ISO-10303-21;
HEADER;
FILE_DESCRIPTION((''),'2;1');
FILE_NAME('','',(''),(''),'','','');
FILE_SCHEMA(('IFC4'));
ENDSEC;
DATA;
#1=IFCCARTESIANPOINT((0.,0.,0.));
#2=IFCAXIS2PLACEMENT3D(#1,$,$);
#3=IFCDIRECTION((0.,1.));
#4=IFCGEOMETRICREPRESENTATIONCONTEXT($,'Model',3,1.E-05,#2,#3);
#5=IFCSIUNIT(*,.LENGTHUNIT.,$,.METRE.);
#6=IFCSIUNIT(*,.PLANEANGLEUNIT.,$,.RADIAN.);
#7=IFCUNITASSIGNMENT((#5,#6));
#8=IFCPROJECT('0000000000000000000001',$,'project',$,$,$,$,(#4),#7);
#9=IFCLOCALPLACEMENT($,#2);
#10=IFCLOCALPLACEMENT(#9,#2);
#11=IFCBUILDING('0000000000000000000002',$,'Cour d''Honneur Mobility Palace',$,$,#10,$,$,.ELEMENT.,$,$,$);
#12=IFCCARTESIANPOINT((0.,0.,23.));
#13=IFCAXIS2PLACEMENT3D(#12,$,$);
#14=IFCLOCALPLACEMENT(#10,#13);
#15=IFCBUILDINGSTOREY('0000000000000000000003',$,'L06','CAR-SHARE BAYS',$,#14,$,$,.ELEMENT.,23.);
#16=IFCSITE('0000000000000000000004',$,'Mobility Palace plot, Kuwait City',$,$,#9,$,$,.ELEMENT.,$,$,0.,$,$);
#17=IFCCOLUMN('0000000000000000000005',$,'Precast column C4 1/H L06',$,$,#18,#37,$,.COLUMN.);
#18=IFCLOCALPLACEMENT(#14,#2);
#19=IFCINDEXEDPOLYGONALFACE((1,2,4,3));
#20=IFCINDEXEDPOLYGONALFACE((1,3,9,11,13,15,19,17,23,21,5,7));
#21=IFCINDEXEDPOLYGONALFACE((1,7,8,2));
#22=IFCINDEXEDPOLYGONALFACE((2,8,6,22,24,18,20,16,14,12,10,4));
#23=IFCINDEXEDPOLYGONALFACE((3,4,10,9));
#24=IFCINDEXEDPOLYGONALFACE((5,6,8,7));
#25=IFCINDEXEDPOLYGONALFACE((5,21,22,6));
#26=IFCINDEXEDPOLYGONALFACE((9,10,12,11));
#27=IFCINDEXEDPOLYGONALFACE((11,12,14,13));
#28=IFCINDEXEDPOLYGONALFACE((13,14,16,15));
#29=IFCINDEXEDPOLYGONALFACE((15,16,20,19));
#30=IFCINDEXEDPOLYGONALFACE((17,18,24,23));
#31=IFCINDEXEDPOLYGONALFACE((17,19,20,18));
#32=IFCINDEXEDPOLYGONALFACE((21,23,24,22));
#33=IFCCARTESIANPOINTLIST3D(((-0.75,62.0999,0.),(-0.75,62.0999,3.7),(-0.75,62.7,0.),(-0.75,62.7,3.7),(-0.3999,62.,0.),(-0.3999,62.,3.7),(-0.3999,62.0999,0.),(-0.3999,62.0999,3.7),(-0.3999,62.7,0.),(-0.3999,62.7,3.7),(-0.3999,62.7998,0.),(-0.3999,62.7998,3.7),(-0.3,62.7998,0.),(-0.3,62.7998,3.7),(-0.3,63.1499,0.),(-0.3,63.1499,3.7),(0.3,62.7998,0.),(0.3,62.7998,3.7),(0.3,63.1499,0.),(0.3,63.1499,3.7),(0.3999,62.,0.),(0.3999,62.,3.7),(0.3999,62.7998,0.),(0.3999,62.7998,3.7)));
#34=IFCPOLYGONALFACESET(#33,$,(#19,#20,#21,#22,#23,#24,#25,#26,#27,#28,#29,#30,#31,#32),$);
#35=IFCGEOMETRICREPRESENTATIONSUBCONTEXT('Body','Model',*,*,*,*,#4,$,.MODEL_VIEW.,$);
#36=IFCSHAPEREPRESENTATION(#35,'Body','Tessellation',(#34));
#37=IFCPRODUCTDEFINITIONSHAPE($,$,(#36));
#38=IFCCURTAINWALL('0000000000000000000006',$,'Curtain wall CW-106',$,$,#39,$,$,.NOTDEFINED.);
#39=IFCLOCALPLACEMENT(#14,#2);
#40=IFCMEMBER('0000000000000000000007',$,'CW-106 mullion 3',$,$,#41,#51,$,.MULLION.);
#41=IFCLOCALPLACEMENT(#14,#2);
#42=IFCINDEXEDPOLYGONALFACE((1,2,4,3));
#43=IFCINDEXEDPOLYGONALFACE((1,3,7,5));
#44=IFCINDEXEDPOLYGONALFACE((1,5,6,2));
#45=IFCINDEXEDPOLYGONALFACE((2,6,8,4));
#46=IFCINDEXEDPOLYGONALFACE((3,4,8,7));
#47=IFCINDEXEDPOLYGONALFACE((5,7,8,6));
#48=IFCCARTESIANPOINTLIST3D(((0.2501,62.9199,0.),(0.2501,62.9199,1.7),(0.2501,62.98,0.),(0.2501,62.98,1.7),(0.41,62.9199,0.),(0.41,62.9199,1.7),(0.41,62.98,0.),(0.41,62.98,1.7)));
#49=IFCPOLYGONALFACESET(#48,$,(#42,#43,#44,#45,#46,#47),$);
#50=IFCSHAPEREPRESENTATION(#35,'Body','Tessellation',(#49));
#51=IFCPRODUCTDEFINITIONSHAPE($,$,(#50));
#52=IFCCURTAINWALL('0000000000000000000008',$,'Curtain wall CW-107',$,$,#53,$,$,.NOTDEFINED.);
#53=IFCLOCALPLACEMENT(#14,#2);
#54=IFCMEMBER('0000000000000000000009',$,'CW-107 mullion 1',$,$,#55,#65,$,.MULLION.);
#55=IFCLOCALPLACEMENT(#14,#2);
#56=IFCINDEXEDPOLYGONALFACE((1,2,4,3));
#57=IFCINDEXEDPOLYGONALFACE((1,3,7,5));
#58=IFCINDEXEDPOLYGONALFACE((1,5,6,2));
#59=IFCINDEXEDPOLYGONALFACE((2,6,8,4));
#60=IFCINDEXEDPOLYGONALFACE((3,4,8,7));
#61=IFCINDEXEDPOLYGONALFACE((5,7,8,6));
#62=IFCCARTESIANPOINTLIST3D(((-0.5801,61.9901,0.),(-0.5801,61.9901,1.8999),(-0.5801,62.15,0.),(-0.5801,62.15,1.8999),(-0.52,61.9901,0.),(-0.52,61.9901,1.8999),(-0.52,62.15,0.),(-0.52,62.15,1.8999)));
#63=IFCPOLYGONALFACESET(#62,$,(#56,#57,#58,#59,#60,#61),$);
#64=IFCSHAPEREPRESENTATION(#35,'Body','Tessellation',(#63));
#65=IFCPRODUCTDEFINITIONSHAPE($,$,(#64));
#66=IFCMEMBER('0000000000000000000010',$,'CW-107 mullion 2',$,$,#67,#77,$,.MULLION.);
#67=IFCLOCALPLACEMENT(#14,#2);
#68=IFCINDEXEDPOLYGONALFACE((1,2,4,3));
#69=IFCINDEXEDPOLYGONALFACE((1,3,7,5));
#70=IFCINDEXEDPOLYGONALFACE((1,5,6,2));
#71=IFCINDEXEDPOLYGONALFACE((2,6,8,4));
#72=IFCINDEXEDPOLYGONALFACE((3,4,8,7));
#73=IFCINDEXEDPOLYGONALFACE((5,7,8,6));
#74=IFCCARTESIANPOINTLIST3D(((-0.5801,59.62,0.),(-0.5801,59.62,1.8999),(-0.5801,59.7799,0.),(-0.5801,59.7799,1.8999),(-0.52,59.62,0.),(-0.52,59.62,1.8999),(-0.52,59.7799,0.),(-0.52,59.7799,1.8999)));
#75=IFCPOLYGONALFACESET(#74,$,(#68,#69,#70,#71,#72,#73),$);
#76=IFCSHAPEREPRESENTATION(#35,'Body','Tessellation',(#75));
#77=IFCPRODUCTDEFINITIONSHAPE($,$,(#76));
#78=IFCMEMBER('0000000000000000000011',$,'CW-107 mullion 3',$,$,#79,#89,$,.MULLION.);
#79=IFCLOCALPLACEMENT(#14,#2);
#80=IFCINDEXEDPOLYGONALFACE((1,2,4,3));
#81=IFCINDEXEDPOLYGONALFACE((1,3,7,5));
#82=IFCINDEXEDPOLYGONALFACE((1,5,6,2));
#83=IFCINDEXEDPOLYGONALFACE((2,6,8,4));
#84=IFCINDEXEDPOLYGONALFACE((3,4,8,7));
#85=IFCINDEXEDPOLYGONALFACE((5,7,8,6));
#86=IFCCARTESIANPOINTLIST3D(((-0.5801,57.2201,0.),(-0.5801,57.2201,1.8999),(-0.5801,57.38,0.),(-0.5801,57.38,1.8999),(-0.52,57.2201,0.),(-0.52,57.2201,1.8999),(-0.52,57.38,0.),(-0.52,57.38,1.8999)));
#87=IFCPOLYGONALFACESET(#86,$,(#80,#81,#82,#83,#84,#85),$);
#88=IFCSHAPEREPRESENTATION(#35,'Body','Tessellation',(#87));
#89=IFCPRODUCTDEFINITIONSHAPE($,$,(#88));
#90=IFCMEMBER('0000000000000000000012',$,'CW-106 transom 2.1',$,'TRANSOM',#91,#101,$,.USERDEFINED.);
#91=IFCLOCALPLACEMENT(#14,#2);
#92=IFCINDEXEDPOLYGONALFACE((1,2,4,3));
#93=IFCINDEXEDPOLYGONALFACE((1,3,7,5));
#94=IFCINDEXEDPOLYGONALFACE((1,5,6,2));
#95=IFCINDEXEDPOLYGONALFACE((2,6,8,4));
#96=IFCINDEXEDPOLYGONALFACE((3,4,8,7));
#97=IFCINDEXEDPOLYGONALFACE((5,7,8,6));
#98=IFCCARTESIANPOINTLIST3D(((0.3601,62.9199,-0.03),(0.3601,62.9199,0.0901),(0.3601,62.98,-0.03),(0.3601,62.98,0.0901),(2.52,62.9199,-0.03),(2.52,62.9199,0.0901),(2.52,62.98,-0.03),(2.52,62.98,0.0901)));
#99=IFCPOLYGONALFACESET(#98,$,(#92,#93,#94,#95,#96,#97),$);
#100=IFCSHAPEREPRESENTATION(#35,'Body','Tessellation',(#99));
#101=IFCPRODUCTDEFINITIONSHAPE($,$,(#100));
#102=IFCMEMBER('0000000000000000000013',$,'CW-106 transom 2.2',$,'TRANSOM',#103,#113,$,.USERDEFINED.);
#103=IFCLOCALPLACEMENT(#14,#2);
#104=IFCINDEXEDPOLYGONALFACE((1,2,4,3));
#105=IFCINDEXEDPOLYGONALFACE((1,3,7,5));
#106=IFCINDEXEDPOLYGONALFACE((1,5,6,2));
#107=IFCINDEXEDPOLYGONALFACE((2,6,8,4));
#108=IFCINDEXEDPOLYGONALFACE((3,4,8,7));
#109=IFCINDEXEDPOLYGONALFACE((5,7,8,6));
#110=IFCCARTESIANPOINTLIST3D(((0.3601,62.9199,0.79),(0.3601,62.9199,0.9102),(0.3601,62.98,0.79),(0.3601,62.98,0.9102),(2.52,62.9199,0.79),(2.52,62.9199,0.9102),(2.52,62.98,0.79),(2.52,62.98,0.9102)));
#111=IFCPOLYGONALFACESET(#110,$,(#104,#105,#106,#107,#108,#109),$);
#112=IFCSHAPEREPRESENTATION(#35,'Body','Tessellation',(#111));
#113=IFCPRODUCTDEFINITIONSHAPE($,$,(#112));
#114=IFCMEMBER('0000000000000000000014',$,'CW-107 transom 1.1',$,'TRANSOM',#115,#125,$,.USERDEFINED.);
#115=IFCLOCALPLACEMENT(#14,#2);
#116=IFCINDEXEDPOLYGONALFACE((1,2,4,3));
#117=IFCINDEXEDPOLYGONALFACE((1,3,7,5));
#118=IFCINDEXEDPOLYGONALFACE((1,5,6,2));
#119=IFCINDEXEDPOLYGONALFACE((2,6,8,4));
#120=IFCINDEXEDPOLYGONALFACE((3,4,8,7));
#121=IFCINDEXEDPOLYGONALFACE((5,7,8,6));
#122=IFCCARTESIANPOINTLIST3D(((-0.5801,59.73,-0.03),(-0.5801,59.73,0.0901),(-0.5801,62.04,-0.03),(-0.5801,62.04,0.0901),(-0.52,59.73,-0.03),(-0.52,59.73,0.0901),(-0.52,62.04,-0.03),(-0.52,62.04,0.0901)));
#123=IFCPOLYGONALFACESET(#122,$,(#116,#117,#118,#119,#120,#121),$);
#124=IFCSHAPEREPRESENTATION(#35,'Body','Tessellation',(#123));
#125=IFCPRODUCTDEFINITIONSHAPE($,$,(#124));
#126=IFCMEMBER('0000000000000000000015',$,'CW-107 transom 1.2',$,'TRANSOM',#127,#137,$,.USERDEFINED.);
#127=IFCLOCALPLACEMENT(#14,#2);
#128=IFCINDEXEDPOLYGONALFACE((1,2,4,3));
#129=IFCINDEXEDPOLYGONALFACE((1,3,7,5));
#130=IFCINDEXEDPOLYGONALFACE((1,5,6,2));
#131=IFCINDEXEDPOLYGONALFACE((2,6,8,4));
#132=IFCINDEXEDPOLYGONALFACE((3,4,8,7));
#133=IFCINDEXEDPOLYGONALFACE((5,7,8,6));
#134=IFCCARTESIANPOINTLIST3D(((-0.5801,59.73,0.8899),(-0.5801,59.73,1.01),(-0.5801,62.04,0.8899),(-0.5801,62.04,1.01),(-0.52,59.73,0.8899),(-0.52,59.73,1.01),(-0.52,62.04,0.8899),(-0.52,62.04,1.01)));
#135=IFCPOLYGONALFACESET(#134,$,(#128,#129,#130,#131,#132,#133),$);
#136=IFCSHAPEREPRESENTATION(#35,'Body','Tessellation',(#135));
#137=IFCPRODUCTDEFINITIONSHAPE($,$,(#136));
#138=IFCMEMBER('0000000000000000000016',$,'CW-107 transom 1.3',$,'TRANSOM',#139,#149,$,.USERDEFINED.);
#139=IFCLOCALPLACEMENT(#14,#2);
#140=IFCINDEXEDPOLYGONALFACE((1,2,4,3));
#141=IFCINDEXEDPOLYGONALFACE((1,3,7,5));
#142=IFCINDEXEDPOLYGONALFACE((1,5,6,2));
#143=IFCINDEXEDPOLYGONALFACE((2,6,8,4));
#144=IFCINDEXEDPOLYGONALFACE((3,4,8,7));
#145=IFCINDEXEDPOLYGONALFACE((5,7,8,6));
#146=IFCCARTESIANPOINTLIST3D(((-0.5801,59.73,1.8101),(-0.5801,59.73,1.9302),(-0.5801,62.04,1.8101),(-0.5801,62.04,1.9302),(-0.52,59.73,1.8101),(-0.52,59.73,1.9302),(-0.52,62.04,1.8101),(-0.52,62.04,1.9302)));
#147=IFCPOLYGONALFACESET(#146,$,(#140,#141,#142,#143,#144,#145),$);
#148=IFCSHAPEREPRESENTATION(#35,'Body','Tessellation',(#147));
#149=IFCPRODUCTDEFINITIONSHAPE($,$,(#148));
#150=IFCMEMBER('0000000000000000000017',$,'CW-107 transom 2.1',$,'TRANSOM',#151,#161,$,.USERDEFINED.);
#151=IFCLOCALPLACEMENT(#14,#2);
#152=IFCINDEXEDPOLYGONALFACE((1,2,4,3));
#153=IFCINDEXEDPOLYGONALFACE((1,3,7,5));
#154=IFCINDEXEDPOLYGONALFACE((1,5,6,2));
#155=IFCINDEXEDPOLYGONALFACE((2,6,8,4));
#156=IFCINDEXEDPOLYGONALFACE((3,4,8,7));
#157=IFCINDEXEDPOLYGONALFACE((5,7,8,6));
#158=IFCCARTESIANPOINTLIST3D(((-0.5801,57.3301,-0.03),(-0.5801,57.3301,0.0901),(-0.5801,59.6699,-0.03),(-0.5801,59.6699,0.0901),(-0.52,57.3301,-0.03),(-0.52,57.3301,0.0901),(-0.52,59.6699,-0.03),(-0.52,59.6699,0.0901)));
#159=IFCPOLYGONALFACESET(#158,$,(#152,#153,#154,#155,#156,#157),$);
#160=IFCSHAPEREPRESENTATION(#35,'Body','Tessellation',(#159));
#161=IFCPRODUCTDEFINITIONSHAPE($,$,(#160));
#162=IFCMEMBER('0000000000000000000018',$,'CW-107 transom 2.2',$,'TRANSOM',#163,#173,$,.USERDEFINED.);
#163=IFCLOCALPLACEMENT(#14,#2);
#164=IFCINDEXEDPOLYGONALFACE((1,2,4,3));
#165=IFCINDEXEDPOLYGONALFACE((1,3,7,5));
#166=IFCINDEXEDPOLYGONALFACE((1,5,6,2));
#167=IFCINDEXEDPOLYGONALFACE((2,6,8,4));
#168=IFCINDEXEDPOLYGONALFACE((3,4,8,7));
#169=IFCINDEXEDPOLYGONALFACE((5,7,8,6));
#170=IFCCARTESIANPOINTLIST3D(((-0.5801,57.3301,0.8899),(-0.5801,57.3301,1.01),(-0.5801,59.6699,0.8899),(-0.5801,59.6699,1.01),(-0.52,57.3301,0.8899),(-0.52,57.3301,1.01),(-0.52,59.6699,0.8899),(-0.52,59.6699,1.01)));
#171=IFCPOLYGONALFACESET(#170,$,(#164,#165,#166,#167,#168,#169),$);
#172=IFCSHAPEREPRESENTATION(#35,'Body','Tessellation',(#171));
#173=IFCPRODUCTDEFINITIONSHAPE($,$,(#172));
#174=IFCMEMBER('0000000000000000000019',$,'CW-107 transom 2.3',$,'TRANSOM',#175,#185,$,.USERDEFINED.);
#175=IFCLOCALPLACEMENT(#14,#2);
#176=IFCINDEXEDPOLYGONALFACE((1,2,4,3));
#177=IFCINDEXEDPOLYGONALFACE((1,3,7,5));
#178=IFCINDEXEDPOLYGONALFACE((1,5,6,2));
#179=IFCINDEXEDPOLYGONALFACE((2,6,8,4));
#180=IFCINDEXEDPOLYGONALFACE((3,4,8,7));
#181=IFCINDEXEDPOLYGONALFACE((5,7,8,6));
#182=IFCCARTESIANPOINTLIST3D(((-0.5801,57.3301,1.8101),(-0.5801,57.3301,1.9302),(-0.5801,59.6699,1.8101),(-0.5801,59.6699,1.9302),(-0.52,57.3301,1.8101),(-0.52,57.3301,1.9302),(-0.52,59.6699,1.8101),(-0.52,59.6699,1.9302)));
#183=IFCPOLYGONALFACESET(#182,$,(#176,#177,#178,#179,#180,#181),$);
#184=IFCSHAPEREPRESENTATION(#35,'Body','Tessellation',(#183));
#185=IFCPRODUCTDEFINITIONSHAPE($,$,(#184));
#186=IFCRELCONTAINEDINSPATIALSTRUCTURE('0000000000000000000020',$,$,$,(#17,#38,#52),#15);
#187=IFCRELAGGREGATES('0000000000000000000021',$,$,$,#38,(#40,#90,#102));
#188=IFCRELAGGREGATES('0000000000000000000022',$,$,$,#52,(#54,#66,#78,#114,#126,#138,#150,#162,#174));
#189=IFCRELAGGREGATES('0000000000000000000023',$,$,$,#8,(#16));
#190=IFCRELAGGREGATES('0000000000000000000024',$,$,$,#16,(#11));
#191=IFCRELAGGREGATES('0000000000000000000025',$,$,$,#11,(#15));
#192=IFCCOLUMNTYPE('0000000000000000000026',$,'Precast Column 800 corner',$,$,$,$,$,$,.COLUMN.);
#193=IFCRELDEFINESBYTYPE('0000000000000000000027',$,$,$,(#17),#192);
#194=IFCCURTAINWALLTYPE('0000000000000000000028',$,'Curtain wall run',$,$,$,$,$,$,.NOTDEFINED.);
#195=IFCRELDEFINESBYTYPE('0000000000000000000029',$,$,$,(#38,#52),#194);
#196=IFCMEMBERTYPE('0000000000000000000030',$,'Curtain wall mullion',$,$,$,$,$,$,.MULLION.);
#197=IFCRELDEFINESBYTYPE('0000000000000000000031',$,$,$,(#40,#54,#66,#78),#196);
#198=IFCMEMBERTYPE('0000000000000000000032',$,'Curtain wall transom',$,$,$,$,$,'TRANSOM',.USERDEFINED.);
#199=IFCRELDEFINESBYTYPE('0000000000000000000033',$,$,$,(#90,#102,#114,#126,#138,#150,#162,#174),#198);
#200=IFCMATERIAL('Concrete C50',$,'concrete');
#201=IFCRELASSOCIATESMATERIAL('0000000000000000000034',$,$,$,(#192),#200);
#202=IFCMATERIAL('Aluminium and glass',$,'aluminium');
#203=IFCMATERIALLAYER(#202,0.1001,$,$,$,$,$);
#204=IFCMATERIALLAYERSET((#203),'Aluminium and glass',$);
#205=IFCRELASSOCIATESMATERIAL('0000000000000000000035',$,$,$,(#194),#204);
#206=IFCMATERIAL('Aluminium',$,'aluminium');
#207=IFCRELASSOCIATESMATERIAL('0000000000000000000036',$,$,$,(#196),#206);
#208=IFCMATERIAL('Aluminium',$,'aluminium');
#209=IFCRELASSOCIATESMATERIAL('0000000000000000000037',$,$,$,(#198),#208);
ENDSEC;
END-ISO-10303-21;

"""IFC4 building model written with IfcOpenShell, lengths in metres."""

from ifc_helpers import new_model, si_unit, direction, frame, origin, origin_2d, place, context, subcontext, project, spatial, polyline, rectangle, outline, extrude, material, layer, layer_set, material_profile, profile_set, type_object, element, aggregate, save


model = new_model("IFC4")

# Units and contexts
model_context = context("Model", 3, precision=1e-05, world=origin(), true_north=direction((0.0, 1.0)))
body_context = subcontext(model_context, "Body", "Model", "MODEL_VIEW")
ifc_project = project(units=[si_unit("LENGTHUNIT", "METRE"), si_unit("PLANEANGLEUNIT", "RADIAN")], contexts=[model_context])

# Site, building, storey
site_placement = place(None, origin())
site = spatial("IfcSite", under=ifc_project, at=site_placement, Name="Mobility Palace plot, Kuwait City", CompositionType="ELEMENT", RefElevation=0.0)
building_placement = place(site_placement, origin())
building = spatial("IfcBuilding", under=site, at=building_placement, Name="Cour d'Honneur Mobility Palace", CompositionType="ELEMENT")
storey_placement = place(building_placement, frame((0.0, 0.0, 23.0)))
storey = spatial("IfcBuildingStorey", under=building, at=storey_placement, Name="L06", Description="CAR-SHARE BAYS", CompositionType="ELEMENT", Elevation=23.0)

# Column
ifc_material_1 = material(Name="Concrete C50", Category="concrete")
ifc_material_profile_1 = material_profile(ifc_material_1, outline(polyline([(-0.3999, -0.3999), (0.3999, -0.3999), (0.3999, -0.3), (0.75, -0.3), (0.75, 0.3), (0.3999, 0.3), (0.3999, 0.3999), (0.3, 0.3999), (0.3, 0.75), (-0.3, 0.75), (-0.3, 0.3999), (-0.3999, 0.3999), (-0.3999, -0.3999)])), Name="PC C800 corner")
ifc_profile_set_1 = profile_set([ifc_material_profile_1], Name="Concrete C50")
column_type = type_object("IfcColumnType", Name="Precast Column 800 corner", PredefinedType="COLUMN", material=ifc_profile_set_1)
column_placement = place(storey_placement, frame((0.0, 62.3999, 0.0), z_axis=(0.0, 0.0, 1.0), x_axis=(0.0, 1.0, 0.0)))
element("IfcColumn", 1, at=column_placement, inside=storey, type_object=column_type, Name="Precast column C4 1/H L06", PredefinedType="COLUMN", context=body_context, shape_type="SweptSolid", body=[
    extrude(outline(polyline([(-0.3999, -0.3999), (0.3999, -0.3999), (0.3999, -0.3), (0.75, -0.3), (0.75, 0.3), (0.3999, 0.3), (0.3999, 0.3999), (0.3, 0.3999), (0.3, 0.75), (-0.3, 0.75), (-0.3, 0.3999), (-0.3999, 0.3999), (-0.3999, -0.3999)])), origin(), (0.0, 0.0, 1.0), 3.7),
])

# Curtain wall, member
ifc_material_2 = material(Name="Aluminium and glass", Category="aluminium")
ifc_layer_1 = layer(ifc_material_2, 0.1001)
ifc_layer_set_1 = layer_set([ifc_layer_1], Name="Aluminium and glass")
curtain_wall_type = type_object("IfcCurtainWallType", Name="Curtain wall run", PredefinedType="NOTDEFINED", material=ifc_layer_set_1)
curtain_wall_1_placement = place(storey_placement, origin())
curtain_wall_1 = element("IfcCurtainWall", 2, at=curtain_wall_1_placement, inside=storey, type_object=curtain_wall_type, Name="Curtain wall CW-106", PredefinedType="NOTDEFINED")
ifc_material_3 = material(Name="Aluminium", Category="aluminium")
ifc_material_profile_2 = material_profile(ifc_material_3, rectangle(XDim=0.0601, YDim=0.1599, at=origin_2d()), Name="Curtain wall mullion")
ifc_profile_set_2 = profile_set([ifc_material_profile_2], Name="Aluminium")
member_type_1 = type_object("IfcMemberType", Name="Curtain wall mullion", PredefinedType="MULLION", material=ifc_profile_set_2)
member_1_placement = place(storey_placement, frame((0.3301, 62.95, 0.0), z_axis=(0.0, 0.0, 1.0), x_axis=(0.0, -1.0, 0.0)))
member_1 = element("IfcMember", 3, at=member_1_placement, type_object=member_type_1, Name="CW-106 mullion 3", PredefinedType="MULLION", context=body_context, shape_type="SweptSolid", body=[
    extrude(rectangle(XDim=0.0601, YDim=0.1599, at=origin_2d()), origin(), (0.0, 0.0, 1.0), 1.7),
])

# Curtain wall, members
curtain_wall_2_placement = place(storey_placement, origin())
curtain_wall_2 = element("IfcCurtainWall", 4, at=curtain_wall_2_placement, inside=storey, type_object=curtain_wall_type, Name="Curtain wall CW-107", PredefinedType="NOTDEFINED")
member_2_placement = place(storey_placement, frame((-0.55, 62.0701, 0.0), z_axis=(0.0, 0.0, 1.0), x_axis=(1.0, 0.0, 0.0)))
member_2 = element("IfcMember", 5, at=member_2_placement, type_object=member_type_1, Name="CW-107 mullion 1", PredefinedType="MULLION", context=body_context, shape_type="SweptSolid", body=[
    extrude(rectangle(XDim=0.0601, YDim=0.1599, at=origin_2d()), origin(), (0.0, 0.0, 1.0), 1.8999),
])
member_3_placement = place(storey_placement, frame((-0.55, 59.7, 0.0), z_axis=(0.0, 0.0, 1.0), x_axis=(1.0, 0.0, 0.0)))
member_3 = element("IfcMember", 6, at=member_3_placement, type_object=member_type_1, Name="CW-107 mullion 2", PredefinedType="MULLION", context=body_context, shape_type="SweptSolid", body=[
    extrude(rectangle(XDim=0.0601, YDim=0.1599, at=origin_2d()), origin(), (0.0, 0.0, 1.0), 1.8999),
])
member_4_placement = place(storey_placement, frame((-0.55, 57.3, 0.0), z_axis=(0.0, 0.0, 1.0), x_axis=(1.0, 0.0, 0.0)))
member_4 = element("IfcMember", 7, at=member_4_placement, type_object=member_type_1, Name="CW-107 mullion 3", PredefinedType="MULLION", context=body_context, shape_type="SweptSolid", body=[
    extrude(rectangle(XDim=0.0601, YDim=0.1599, at=origin_2d()), origin(), (0.0, 0.0, 1.0), 1.8999),
])

# Members
ifc_material_4 = material(Name="Aluminium", Category="aluminium")
ifc_material_profile_3 = material_profile(ifc_material_4, rectangle(XDim=0.0601, YDim=0.1201, at=origin_2d()), Name="Curtain wall transom")
ifc_profile_set_3 = profile_set([ifc_material_profile_3], Name="Aluminium")
member_type_2 = type_object("IfcMemberType", Name="Curtain wall transom", ElementType="TRANSOM", PredefinedType="USERDEFINED", material=ifc_profile_set_3)
member_5_placement = place(storey_placement, frame((2.52, 62.95, 0.03), z_axis=(-1.0, 0.0, 0.0), x_axis=(0.0, -1.0, 0.0)))
member_5 = element("IfcMember", 8, at=member_5_placement, type_object=member_type_2, Name="CW-106 transom 2.1", ObjectType="TRANSOM", PredefinedType="USERDEFINED", context=body_context, shape_type="SweptSolid", body=[
    extrude(rectangle(XDim=0.0601, YDim=0.1201, at=origin_2d()), origin(), (0.0, 0.0, 1.0), 2.1599),
])
member_6_placement = place(storey_placement, frame((2.52, 62.95, 0.8501), z_axis=(-1.0, 0.0, 0.0), x_axis=(0.0, -1.0, 0.0)))
member_6 = element("IfcMember", 9, at=member_6_placement, type_object=member_type_2, Name="CW-106 transom 2.2", ObjectType="TRANSOM", PredefinedType="USERDEFINED", context=body_context, shape_type="SweptSolid", body=[
    extrude(rectangle(XDim=0.0601, YDim=0.1201, at=origin_2d()), origin(), (0.0, 0.0, 1.0), 2.1599),
])
member_7_placement = place(storey_placement, frame((-0.55, 62.04, 0.03), z_axis=(0.0, -1.0, 0.0), x_axis=(1.0, 0.0, 0.0)))
member_7 = element("IfcMember", 10, at=member_7_placement, type_object=member_type_2, Name="CW-107 transom 1.1", ObjectType="TRANSOM", PredefinedType="USERDEFINED", context=body_context, shape_type="SweptSolid", body=[
    extrude(rectangle(XDim=0.0601, YDim=0.1201, at=origin_2d()), origin(), (0.0, 0.0, 1.0), 2.3101),
])
member_8_placement = place(storey_placement, frame((-0.55, 62.04, 0.95), z_axis=(0.0, -1.0, 0.0), x_axis=(1.0, 0.0, 0.0)))
member_8 = element("IfcMember", 11, at=member_8_placement, type_object=member_type_2, Name="CW-107 transom 1.2", ObjectType="TRANSOM", PredefinedType="USERDEFINED", context=body_context, shape_type="SweptSolid", body=[
    extrude(rectangle(XDim=0.0601, YDim=0.1201, at=origin_2d()), origin(), (0.0, 0.0, 1.0), 2.3101),
])
member_9_placement = place(storey_placement, frame((-0.55, 62.04, 1.8701), z_axis=(0.0, -1.0, 0.0), x_axis=(1.0, 0.0, 0.0)))
member_9 = element("IfcMember", 12, at=member_9_placement, type_object=member_type_2, Name="CW-107 transom 1.3", ObjectType="TRANSOM", PredefinedType="USERDEFINED", context=body_context, shape_type="SweptSolid", body=[
    extrude(rectangle(XDim=0.0601, YDim=0.1201, at=origin_2d()), origin(), (0.0, 0.0, 1.0), 2.3101),
])
member_10_placement = place(storey_placement, frame((-0.55, 59.6699, 0.03), z_axis=(0.0, -1.0, 0.0), x_axis=(1.0, 0.0, 0.0)))
member_10 = element("IfcMember", 13, at=member_10_placement, type_object=member_type_2, Name="CW-107 transom 2.1", ObjectType="TRANSOM", PredefinedType="USERDEFINED", context=body_context, shape_type="SweptSolid", body=[
    extrude(rectangle(XDim=0.0601, YDim=0.1201, at=origin_2d()), origin(), (0.0, 0.0, 1.0), 2.3398),
])
member_11_placement = place(storey_placement, frame((-0.55, 59.6699, 0.95), z_axis=(0.0, -1.0, 0.0), x_axis=(1.0, 0.0, 0.0)))
member_11 = element("IfcMember", 14, at=member_11_placement, type_object=member_type_2, Name="CW-107 transom 2.2", ObjectType="TRANSOM", PredefinedType="USERDEFINED", context=body_context, shape_type="SweptSolid", body=[
    extrude(rectangle(XDim=0.0601, YDim=0.1201, at=origin_2d()), origin(), (0.0, 0.0, 1.0), 2.3398),
])
member_12_placement = place(storey_placement, frame((-0.55, 59.6699, 1.8701), z_axis=(0.0, -1.0, 0.0), x_axis=(1.0, 0.0, 0.0)))
member_12 = element("IfcMember", 15, at=member_12_placement, type_object=member_type_2, Name="CW-107 transom 2.3", ObjectType="TRANSOM", PredefinedType="USERDEFINED", context=body_context, shape_type="SweptSolid", body=[
    extrude(rectangle(XDim=0.0601, YDim=0.1201, at=origin_2d()), origin(), (0.0, 0.0, 1.0), 2.3398),
])

aggregate(curtain_wall_1, [member_1, member_5, member_6])
aggregate(curtain_wall_2, [member_2, member_3, member_4, member_7, member_8, member_9, member_10, member_11, member_12])

save(model, "model.ifc")
